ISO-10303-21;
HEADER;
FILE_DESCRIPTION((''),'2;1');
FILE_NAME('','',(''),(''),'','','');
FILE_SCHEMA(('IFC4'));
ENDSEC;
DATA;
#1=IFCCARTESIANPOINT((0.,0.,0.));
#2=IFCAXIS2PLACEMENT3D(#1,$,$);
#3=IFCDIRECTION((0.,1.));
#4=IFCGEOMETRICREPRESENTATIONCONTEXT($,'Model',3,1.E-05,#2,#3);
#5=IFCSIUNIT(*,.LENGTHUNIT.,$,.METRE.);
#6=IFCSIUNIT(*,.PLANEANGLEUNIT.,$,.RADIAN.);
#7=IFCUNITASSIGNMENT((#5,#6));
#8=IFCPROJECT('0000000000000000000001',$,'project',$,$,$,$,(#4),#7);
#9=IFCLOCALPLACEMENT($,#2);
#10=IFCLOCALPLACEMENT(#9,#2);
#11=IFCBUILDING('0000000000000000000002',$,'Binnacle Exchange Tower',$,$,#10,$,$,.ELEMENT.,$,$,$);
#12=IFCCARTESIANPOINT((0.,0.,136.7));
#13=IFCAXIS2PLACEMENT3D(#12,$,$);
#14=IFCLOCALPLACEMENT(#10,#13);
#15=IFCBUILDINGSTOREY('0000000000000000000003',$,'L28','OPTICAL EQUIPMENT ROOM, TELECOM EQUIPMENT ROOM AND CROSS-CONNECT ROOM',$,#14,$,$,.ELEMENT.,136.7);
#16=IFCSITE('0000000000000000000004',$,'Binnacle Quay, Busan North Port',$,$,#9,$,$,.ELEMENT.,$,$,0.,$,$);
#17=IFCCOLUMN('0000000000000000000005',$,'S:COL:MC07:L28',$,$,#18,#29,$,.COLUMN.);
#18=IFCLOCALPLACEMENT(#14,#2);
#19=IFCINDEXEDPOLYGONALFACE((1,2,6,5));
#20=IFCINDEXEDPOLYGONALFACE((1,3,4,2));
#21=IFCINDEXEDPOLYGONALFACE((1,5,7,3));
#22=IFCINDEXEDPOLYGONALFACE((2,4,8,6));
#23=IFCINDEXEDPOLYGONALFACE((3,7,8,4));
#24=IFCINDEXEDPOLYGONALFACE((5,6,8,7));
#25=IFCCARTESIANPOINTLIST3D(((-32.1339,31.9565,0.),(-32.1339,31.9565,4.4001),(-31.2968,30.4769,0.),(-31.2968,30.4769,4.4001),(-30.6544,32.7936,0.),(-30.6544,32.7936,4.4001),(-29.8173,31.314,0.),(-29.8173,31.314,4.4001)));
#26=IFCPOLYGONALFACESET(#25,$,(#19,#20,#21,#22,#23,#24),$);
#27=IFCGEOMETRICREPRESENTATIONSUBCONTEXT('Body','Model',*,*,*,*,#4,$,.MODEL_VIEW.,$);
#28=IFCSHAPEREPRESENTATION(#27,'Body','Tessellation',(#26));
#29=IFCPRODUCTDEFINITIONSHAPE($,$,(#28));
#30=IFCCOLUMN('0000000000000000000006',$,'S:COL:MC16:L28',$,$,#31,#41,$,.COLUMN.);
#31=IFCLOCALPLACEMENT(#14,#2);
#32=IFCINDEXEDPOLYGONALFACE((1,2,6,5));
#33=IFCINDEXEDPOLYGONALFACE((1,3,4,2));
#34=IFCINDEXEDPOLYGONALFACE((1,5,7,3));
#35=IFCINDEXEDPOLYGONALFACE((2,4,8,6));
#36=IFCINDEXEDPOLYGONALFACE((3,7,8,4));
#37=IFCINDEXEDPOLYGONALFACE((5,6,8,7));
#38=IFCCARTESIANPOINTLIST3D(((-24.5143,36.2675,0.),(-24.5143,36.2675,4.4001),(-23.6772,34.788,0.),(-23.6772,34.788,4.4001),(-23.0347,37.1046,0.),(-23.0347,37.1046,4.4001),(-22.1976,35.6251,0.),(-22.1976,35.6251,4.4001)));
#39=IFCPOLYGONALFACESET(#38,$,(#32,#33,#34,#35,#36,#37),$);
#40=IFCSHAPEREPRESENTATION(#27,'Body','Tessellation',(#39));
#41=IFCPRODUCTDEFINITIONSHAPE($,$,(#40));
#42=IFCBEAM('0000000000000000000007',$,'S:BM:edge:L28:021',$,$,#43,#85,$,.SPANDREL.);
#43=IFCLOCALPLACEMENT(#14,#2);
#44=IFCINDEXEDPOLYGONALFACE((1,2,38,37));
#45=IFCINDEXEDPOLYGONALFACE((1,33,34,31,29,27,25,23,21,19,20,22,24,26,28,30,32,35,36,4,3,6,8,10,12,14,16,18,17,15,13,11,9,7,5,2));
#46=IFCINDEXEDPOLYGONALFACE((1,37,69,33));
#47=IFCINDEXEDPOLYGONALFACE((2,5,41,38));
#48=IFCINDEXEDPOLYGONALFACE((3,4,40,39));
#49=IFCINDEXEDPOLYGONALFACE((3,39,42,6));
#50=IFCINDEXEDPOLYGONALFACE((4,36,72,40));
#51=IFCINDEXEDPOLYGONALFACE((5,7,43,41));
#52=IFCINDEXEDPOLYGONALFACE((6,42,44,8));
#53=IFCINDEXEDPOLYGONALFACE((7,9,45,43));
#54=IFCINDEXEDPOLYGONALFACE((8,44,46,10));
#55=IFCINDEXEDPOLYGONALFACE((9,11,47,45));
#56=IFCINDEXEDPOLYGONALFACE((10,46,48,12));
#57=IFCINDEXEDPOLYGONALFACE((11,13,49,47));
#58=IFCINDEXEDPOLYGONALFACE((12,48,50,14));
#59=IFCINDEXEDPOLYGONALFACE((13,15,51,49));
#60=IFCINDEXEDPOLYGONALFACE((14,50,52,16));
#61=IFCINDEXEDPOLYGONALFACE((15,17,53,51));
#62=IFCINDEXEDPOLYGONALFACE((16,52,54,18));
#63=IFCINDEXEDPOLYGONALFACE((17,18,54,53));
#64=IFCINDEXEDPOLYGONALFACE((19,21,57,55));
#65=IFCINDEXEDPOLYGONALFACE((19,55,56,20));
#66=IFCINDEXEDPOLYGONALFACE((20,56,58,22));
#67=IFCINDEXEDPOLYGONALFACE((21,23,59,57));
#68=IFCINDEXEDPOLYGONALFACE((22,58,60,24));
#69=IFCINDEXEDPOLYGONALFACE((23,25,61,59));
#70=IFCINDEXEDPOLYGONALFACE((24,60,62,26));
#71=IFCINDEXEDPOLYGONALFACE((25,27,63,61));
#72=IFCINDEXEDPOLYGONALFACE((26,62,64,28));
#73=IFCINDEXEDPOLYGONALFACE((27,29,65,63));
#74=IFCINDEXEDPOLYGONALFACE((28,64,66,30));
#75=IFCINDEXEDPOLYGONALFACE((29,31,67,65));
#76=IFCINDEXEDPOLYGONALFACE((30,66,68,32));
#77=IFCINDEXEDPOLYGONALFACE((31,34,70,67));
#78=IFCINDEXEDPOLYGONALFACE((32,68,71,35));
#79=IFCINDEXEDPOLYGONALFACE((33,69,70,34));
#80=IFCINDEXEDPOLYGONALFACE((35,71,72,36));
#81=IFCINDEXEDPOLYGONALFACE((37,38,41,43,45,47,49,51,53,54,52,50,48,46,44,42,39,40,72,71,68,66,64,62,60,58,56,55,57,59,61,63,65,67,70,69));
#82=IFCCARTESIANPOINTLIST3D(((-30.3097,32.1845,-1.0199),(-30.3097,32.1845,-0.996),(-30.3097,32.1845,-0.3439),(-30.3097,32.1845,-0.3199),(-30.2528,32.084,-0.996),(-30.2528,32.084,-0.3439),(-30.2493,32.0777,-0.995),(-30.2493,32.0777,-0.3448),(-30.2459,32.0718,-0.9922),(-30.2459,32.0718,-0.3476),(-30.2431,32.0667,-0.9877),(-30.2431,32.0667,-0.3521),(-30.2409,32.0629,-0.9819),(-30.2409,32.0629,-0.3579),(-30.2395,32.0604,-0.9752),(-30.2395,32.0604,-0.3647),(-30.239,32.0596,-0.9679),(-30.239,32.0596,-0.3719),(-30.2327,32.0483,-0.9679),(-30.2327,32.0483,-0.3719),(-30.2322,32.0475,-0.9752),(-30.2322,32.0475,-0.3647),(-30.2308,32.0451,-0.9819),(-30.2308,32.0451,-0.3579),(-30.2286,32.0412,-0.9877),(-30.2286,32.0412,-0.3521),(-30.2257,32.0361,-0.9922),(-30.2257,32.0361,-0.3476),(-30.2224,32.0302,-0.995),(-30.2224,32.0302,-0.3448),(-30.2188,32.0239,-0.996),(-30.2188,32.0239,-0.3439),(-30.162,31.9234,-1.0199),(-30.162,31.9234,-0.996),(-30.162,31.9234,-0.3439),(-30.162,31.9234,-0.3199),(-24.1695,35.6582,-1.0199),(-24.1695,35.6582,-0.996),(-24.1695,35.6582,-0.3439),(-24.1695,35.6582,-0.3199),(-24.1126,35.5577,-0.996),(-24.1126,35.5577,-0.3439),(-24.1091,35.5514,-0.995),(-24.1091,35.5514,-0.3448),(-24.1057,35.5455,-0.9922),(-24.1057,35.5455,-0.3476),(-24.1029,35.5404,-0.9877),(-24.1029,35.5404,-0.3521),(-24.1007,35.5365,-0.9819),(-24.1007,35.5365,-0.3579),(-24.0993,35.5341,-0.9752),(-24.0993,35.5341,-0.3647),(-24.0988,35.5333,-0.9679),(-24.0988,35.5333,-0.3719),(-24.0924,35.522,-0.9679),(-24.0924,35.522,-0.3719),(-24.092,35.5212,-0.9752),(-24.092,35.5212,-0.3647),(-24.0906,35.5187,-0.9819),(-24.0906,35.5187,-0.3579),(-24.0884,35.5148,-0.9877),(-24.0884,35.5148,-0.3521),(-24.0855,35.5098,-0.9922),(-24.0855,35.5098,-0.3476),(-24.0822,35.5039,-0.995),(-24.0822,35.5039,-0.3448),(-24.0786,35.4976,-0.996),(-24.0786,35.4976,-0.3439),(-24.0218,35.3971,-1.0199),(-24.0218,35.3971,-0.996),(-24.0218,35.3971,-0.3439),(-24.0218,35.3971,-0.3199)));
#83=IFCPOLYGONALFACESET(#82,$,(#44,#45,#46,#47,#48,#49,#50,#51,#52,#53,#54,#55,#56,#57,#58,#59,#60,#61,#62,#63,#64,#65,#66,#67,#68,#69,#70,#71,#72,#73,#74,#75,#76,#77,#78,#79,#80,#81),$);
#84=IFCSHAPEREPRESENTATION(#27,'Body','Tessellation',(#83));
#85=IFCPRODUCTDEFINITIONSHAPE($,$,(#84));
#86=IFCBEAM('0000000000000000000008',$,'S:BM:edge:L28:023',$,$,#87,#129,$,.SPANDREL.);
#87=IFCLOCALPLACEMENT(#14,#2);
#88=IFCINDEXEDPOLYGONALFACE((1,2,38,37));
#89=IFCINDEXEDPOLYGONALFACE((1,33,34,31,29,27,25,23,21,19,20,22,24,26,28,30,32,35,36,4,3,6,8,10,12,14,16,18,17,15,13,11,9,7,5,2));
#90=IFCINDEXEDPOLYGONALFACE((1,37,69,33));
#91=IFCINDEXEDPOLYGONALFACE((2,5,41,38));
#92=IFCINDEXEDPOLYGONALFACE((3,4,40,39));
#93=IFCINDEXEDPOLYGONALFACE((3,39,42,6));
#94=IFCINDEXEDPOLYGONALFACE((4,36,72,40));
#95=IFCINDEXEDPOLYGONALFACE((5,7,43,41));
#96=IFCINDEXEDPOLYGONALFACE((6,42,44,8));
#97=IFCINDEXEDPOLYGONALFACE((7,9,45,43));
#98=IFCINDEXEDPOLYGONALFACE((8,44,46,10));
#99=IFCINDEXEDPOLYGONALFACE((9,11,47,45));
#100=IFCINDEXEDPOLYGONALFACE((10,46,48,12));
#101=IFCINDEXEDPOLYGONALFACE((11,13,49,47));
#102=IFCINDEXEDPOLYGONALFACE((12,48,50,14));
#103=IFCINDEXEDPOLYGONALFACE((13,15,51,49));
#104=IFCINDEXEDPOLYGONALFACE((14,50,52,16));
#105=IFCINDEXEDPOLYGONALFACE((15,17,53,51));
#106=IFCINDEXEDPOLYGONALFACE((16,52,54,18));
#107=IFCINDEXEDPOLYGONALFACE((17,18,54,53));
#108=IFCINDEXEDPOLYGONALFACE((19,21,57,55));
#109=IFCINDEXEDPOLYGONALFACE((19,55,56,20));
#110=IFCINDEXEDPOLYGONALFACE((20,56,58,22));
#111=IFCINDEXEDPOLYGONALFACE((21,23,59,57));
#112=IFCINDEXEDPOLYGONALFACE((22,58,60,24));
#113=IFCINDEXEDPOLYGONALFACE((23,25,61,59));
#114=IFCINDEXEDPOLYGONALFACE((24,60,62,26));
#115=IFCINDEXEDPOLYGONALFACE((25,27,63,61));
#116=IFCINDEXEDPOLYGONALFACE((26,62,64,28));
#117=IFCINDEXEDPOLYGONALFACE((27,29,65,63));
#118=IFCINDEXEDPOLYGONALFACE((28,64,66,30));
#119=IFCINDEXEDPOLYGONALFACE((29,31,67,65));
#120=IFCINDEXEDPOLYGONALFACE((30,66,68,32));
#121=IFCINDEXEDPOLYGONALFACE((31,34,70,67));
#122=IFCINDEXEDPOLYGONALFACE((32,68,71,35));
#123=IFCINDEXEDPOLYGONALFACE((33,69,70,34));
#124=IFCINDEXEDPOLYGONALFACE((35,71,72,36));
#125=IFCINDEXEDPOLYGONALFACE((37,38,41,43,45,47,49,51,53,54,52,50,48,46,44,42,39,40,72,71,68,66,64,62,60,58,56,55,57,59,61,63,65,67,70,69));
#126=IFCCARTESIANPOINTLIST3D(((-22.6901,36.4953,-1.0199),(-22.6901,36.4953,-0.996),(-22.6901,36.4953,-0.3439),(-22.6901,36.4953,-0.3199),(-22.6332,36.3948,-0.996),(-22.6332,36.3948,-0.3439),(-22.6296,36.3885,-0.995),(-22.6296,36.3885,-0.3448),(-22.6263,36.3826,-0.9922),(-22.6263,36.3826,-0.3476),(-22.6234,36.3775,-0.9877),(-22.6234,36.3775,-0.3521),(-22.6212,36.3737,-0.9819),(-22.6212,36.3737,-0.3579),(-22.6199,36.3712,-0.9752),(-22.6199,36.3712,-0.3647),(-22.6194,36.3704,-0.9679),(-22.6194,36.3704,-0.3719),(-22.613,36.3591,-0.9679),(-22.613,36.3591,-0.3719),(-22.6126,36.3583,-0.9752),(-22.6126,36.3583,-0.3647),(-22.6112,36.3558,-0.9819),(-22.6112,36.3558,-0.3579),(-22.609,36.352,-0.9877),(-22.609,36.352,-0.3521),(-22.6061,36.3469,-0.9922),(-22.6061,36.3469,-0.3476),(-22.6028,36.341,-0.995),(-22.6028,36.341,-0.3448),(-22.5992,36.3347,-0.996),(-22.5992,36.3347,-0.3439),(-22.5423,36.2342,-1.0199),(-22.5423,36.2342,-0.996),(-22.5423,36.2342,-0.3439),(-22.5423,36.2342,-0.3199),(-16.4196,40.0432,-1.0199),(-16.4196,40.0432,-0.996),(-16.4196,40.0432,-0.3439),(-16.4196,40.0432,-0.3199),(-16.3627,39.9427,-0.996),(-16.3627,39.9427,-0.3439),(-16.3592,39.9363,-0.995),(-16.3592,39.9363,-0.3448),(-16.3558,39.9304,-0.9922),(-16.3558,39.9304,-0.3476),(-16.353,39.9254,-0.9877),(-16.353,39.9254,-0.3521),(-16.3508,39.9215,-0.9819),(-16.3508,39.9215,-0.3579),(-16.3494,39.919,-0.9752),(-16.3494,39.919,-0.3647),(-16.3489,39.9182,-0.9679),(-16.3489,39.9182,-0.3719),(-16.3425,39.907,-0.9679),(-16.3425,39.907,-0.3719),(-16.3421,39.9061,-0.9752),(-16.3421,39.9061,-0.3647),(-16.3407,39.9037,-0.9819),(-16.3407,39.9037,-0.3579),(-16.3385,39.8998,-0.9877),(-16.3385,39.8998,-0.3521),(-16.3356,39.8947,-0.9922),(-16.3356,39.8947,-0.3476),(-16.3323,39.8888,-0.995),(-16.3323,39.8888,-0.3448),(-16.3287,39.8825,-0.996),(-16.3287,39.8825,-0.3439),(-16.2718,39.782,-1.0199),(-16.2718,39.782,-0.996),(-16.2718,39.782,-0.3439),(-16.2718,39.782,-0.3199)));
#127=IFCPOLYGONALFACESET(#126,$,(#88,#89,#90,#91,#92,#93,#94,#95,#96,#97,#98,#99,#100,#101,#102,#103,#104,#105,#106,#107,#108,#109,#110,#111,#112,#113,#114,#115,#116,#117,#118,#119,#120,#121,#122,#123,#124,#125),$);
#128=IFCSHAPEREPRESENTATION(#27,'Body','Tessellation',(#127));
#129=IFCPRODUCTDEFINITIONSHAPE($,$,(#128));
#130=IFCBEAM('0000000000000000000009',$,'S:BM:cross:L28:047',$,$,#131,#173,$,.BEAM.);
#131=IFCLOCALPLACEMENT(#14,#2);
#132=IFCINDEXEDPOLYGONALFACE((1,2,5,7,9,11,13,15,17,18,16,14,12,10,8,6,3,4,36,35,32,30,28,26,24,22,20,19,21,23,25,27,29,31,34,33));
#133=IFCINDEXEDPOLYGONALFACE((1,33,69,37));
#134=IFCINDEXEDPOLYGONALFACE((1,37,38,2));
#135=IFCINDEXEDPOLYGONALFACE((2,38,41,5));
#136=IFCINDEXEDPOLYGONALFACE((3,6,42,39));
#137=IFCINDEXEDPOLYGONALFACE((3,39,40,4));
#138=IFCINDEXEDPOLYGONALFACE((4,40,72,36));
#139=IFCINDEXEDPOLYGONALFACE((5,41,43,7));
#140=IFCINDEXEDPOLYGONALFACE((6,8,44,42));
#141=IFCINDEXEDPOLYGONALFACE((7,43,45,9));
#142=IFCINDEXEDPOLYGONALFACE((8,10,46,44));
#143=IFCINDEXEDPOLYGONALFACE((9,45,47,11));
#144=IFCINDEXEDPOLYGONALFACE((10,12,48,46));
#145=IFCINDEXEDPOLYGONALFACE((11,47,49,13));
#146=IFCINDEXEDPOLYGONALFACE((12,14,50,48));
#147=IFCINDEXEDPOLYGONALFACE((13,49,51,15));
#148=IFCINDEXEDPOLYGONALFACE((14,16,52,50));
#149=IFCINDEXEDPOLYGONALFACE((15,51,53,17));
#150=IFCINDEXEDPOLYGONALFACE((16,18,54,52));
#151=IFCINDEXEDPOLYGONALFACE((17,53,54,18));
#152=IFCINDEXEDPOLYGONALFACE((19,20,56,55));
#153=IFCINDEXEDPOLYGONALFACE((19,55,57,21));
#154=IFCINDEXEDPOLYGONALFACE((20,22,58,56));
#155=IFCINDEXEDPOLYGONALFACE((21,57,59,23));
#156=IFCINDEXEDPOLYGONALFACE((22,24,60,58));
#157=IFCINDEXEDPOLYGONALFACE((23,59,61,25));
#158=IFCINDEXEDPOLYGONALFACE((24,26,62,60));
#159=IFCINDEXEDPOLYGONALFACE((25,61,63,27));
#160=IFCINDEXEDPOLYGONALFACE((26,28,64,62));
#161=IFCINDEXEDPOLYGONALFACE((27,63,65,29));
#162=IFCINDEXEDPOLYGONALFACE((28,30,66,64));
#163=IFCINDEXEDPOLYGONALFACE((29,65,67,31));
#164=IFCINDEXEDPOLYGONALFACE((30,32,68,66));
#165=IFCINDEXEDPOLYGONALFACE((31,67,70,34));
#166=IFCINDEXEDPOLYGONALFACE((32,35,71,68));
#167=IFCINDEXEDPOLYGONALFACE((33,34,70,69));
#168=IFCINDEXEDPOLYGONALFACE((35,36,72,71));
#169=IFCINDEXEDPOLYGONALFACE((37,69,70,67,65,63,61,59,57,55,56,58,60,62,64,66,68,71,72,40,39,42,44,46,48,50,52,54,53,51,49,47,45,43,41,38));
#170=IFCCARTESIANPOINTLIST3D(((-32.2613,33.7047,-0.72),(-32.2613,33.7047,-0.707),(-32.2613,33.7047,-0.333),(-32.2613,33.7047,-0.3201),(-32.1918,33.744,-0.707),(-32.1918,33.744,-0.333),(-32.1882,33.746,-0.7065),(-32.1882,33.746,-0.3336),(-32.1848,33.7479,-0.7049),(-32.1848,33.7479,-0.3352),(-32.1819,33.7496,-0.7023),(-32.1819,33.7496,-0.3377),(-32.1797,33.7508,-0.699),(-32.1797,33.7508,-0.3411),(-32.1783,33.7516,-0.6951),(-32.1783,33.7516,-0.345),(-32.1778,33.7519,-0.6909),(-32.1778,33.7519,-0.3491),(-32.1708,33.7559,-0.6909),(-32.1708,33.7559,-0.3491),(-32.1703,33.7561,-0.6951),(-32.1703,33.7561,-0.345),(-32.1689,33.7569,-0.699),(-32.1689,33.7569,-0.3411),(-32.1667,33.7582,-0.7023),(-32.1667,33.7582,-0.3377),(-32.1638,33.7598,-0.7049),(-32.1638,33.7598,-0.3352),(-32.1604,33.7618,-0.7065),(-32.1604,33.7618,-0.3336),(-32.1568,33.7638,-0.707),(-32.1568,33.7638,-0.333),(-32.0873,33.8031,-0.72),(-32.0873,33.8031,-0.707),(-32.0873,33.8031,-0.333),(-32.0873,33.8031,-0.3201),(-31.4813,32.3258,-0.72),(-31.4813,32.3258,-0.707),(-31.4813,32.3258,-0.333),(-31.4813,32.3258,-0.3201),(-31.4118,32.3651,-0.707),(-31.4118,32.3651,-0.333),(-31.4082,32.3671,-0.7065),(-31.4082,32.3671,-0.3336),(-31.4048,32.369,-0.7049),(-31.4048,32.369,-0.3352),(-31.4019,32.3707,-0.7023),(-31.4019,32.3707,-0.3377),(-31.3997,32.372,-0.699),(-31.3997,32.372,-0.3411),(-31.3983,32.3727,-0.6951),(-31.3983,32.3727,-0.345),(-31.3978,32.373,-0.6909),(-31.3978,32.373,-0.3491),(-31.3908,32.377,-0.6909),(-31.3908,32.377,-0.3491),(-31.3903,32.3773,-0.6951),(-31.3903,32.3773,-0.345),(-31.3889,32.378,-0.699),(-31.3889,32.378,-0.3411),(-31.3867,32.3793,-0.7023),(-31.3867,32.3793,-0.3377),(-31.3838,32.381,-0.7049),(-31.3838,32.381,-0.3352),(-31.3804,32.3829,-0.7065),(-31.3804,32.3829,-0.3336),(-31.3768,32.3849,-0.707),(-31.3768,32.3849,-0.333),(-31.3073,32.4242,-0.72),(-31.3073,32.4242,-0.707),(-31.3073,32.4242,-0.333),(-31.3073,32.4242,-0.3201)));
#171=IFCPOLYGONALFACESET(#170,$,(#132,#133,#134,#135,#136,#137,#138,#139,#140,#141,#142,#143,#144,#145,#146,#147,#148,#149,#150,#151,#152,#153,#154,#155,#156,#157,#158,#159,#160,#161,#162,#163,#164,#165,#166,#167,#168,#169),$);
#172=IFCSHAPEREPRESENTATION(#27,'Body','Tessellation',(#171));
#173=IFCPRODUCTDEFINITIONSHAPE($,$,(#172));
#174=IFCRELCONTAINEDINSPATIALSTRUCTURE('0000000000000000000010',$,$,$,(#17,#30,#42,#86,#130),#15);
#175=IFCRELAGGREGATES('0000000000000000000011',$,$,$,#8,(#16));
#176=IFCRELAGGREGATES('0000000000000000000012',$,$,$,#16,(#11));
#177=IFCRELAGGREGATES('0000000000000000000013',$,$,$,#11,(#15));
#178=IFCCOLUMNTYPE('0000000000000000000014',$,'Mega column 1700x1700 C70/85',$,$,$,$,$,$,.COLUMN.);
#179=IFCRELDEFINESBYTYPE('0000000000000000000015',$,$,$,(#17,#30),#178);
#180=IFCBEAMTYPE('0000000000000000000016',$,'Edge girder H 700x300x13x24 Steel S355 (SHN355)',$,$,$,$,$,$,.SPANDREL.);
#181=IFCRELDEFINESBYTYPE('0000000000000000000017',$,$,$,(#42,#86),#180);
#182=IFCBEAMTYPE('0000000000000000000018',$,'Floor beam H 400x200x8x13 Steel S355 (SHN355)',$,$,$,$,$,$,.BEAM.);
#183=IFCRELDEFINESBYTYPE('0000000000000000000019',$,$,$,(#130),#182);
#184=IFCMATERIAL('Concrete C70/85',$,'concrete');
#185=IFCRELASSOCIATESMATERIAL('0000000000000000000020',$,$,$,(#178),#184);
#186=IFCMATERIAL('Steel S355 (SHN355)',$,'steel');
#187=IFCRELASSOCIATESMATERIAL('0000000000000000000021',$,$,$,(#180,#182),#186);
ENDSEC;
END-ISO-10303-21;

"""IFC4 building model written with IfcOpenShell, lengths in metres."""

from ifc_helpers import new_model, si_unit, direction, frame, origin, origin_2d, place, context, subcontext, project, spatial, rectangle, i_section, extrude, material, material_profile, profile_set, type_object, element, save


model = new_model("IFC4")

# Units and contexts
model_context = context("Model", 3, precision=1e-05, world=origin(), true_north=direction((0.0, 1.0)))
body_context = subcontext(model_context, "Body", "Model", "MODEL_VIEW")
ifc_project = project(units=[si_unit("LENGTHUNIT", "METRE"), si_unit("PLANEANGLEUNIT", "RADIAN")], contexts=[model_context])

# Site, building, storey
site_placement = place(None, origin())
site = spatial("IfcSite", under=ifc_project, at=site_placement, Name="Binnacle Quay, Busan North Port", CompositionType="ELEMENT", RefElevation=0.0)
building_placement = place(site_placement, origin())
building = spatial("IfcBuilding", under=site, at=building_placement, Name="Binnacle Exchange Tower", CompositionType="ELEMENT")
storey_placement = place(building_placement, frame((0.0, 0.0, 136.7)))
storey = spatial("IfcBuildingStorey", under=building, at=storey_placement, Name="L28", Description="OPTICAL EQUIPMENT ROOM, TELECOM EQUIPMENT ROOM AND CROSS-CONNECT ROOM", CompositionType="ELEMENT", Elevation=136.7)

# Columns
ifc_material_1 = material(Name="Concrete C70/85", Category="concrete")
ifc_material_profile_1 = material_profile(ifc_material_1, rectangle(XDim=1.7, YDim=1.7, at=origin_2d()), Name="Mega column 1700x1700 C70/85")
ifc_profile_set_1 = profile_set([ifc_material_profile_1], Name="Concrete C70/85")
column_type = type_object("IfcColumnType", Name="Mega column 1700x1700 C70/85", PredefinedType="COLUMN", material=ifc_profile_set_1)
for number, where, z_axis, x_axis, name in (
    (1, (-30.9756, 31.6353, 0.0), (0.0, 0.0, 1.0), (0.870356, 0.492424, 0.0), "S:COL:MC07:L28"),
    (2, (-23.356, 35.9463, 0.0), (0.0, 0.0, 1.0), (0.870356, 0.492424, 0.0), "S:COL:MC16:L28"),
):
    element("IfcColumn", number, at=place(storey_placement, frame(where, z_axis=z_axis, x_axis=x_axis)), inside=storey, type_object=column_type, Name=name, PredefinedType="COLUMN", context=body_context, shape_type="SweptSolid", body=[
        extrude(rectangle(XDim=1.7, YDim=1.7, at=origin_2d()), origin(), (0.0, 0.0, 1.0), 4.4001),
    ])

# Beams
ifc_material_2 = material(Name="Steel S355 (SHN355)", Category="steel")
ifc_material_profile_2 = material_profile(ifc_material_2, i_section(OverallWidth=0.3, OverallDepth=0.7, WebThickness=0.0129, FlangeThickness=0.0239, FilletRadius=0.0281, at=origin_2d()), Name="H 700x300x13x24")
ifc_profile_set_2 = profile_set([ifc_material_profile_2], Name="Steel S355 (SHN355)")
beam_type_1 = type_object("IfcBeamType", Name="Edge girder H 700x300x13x24 Steel S355 (SHN355)", PredefinedType="SPANDREL", material=ifc_profile_set_2)
beam_1_placement = place(storey_placement, frame((-30.2358, 32.054, -0.6699), z_axis=(0.870373, 0.492392, 0.0), x_axis=(-0.492392, 0.870373, 0.0)))
element("IfcBeam", 3, at=beam_1_placement, inside=storey, type_object=beam_type_1, Name="S:BM:edge:L28:021", PredefinedType="SPANDREL", context=body_context, shape_type="SweptSolid", body=[
    extrude(i_section(OverallWidth=0.3, OverallDepth=0.7, WebThickness=0.0129, FlangeThickness=0.0239, FilletRadius=0.0281, at=origin_2d()), origin(), (0.0, 0.0, 1.0), 7.0547),
])
beam_2_placement = place(storey_placement, frame((-22.6162, 36.3647, -0.6699), z_axis=(0.870346, 0.492441, 0.0), x_axis=(-0.492441, 0.870346, 0.0)))
element("IfcBeam", 4, at=beam_2_placement, inside=storey, type_object=beam_type_1, Name="S:BM:edge:L28:023", PredefinedType="SPANDREL", context=body_context, shape_type="SweptSolid", body=[
    extrude(i_section(OverallWidth=0.3, OverallDepth=0.7, WebThickness=0.0129, FlangeThickness=0.0239, FilletRadius=0.0281, at=origin_2d()), origin(), (0.0, 0.0, 1.0), 7.2046),
])
ifc_material_profile_3 = material_profile(ifc_material_2, i_section(OverallWidth=0.2, OverallDepth=0.3999, WebThickness=0.0081, FlangeThickness=0.0129, FilletRadius=0.0161, at=origin_2d()), Name="H 400x200x8x13")
ifc_profile_set_3 = profile_set([ifc_material_profile_3], Name="Steel S355 (SHN355)")
beam_type_2 = type_object("IfcBeamType", Name="Floor beam H 400x200x8x13 Steel S355 (SHN355)", PredefinedType="BEAM", material=ifc_profile_set_3)
beam_3_placement = place(storey_placement, frame((-31.3943, 32.375, -0.52), z_axis=(-0.492367, 0.870388, 0.0), x_axis=(-0.870388, -0.492367, 0.0)))
element("IfcBeam", 5, at=beam_3_placement, inside=storey, type_object=beam_type_2, Name="S:BM:cross:L28:047", PredefinedType="BEAM", context=body_context, shape_type="SweptSolid", body=[
    extrude(i_section(OverallWidth=0.2, OverallDepth=0.3999, WebThickness=0.0081, FlangeThickness=0.0129, FilletRadius=0.0161, at=origin_2d()), origin(), (0.0, 0.0, 1.0), 1.5842),
])

save(model, "model.ifc")
